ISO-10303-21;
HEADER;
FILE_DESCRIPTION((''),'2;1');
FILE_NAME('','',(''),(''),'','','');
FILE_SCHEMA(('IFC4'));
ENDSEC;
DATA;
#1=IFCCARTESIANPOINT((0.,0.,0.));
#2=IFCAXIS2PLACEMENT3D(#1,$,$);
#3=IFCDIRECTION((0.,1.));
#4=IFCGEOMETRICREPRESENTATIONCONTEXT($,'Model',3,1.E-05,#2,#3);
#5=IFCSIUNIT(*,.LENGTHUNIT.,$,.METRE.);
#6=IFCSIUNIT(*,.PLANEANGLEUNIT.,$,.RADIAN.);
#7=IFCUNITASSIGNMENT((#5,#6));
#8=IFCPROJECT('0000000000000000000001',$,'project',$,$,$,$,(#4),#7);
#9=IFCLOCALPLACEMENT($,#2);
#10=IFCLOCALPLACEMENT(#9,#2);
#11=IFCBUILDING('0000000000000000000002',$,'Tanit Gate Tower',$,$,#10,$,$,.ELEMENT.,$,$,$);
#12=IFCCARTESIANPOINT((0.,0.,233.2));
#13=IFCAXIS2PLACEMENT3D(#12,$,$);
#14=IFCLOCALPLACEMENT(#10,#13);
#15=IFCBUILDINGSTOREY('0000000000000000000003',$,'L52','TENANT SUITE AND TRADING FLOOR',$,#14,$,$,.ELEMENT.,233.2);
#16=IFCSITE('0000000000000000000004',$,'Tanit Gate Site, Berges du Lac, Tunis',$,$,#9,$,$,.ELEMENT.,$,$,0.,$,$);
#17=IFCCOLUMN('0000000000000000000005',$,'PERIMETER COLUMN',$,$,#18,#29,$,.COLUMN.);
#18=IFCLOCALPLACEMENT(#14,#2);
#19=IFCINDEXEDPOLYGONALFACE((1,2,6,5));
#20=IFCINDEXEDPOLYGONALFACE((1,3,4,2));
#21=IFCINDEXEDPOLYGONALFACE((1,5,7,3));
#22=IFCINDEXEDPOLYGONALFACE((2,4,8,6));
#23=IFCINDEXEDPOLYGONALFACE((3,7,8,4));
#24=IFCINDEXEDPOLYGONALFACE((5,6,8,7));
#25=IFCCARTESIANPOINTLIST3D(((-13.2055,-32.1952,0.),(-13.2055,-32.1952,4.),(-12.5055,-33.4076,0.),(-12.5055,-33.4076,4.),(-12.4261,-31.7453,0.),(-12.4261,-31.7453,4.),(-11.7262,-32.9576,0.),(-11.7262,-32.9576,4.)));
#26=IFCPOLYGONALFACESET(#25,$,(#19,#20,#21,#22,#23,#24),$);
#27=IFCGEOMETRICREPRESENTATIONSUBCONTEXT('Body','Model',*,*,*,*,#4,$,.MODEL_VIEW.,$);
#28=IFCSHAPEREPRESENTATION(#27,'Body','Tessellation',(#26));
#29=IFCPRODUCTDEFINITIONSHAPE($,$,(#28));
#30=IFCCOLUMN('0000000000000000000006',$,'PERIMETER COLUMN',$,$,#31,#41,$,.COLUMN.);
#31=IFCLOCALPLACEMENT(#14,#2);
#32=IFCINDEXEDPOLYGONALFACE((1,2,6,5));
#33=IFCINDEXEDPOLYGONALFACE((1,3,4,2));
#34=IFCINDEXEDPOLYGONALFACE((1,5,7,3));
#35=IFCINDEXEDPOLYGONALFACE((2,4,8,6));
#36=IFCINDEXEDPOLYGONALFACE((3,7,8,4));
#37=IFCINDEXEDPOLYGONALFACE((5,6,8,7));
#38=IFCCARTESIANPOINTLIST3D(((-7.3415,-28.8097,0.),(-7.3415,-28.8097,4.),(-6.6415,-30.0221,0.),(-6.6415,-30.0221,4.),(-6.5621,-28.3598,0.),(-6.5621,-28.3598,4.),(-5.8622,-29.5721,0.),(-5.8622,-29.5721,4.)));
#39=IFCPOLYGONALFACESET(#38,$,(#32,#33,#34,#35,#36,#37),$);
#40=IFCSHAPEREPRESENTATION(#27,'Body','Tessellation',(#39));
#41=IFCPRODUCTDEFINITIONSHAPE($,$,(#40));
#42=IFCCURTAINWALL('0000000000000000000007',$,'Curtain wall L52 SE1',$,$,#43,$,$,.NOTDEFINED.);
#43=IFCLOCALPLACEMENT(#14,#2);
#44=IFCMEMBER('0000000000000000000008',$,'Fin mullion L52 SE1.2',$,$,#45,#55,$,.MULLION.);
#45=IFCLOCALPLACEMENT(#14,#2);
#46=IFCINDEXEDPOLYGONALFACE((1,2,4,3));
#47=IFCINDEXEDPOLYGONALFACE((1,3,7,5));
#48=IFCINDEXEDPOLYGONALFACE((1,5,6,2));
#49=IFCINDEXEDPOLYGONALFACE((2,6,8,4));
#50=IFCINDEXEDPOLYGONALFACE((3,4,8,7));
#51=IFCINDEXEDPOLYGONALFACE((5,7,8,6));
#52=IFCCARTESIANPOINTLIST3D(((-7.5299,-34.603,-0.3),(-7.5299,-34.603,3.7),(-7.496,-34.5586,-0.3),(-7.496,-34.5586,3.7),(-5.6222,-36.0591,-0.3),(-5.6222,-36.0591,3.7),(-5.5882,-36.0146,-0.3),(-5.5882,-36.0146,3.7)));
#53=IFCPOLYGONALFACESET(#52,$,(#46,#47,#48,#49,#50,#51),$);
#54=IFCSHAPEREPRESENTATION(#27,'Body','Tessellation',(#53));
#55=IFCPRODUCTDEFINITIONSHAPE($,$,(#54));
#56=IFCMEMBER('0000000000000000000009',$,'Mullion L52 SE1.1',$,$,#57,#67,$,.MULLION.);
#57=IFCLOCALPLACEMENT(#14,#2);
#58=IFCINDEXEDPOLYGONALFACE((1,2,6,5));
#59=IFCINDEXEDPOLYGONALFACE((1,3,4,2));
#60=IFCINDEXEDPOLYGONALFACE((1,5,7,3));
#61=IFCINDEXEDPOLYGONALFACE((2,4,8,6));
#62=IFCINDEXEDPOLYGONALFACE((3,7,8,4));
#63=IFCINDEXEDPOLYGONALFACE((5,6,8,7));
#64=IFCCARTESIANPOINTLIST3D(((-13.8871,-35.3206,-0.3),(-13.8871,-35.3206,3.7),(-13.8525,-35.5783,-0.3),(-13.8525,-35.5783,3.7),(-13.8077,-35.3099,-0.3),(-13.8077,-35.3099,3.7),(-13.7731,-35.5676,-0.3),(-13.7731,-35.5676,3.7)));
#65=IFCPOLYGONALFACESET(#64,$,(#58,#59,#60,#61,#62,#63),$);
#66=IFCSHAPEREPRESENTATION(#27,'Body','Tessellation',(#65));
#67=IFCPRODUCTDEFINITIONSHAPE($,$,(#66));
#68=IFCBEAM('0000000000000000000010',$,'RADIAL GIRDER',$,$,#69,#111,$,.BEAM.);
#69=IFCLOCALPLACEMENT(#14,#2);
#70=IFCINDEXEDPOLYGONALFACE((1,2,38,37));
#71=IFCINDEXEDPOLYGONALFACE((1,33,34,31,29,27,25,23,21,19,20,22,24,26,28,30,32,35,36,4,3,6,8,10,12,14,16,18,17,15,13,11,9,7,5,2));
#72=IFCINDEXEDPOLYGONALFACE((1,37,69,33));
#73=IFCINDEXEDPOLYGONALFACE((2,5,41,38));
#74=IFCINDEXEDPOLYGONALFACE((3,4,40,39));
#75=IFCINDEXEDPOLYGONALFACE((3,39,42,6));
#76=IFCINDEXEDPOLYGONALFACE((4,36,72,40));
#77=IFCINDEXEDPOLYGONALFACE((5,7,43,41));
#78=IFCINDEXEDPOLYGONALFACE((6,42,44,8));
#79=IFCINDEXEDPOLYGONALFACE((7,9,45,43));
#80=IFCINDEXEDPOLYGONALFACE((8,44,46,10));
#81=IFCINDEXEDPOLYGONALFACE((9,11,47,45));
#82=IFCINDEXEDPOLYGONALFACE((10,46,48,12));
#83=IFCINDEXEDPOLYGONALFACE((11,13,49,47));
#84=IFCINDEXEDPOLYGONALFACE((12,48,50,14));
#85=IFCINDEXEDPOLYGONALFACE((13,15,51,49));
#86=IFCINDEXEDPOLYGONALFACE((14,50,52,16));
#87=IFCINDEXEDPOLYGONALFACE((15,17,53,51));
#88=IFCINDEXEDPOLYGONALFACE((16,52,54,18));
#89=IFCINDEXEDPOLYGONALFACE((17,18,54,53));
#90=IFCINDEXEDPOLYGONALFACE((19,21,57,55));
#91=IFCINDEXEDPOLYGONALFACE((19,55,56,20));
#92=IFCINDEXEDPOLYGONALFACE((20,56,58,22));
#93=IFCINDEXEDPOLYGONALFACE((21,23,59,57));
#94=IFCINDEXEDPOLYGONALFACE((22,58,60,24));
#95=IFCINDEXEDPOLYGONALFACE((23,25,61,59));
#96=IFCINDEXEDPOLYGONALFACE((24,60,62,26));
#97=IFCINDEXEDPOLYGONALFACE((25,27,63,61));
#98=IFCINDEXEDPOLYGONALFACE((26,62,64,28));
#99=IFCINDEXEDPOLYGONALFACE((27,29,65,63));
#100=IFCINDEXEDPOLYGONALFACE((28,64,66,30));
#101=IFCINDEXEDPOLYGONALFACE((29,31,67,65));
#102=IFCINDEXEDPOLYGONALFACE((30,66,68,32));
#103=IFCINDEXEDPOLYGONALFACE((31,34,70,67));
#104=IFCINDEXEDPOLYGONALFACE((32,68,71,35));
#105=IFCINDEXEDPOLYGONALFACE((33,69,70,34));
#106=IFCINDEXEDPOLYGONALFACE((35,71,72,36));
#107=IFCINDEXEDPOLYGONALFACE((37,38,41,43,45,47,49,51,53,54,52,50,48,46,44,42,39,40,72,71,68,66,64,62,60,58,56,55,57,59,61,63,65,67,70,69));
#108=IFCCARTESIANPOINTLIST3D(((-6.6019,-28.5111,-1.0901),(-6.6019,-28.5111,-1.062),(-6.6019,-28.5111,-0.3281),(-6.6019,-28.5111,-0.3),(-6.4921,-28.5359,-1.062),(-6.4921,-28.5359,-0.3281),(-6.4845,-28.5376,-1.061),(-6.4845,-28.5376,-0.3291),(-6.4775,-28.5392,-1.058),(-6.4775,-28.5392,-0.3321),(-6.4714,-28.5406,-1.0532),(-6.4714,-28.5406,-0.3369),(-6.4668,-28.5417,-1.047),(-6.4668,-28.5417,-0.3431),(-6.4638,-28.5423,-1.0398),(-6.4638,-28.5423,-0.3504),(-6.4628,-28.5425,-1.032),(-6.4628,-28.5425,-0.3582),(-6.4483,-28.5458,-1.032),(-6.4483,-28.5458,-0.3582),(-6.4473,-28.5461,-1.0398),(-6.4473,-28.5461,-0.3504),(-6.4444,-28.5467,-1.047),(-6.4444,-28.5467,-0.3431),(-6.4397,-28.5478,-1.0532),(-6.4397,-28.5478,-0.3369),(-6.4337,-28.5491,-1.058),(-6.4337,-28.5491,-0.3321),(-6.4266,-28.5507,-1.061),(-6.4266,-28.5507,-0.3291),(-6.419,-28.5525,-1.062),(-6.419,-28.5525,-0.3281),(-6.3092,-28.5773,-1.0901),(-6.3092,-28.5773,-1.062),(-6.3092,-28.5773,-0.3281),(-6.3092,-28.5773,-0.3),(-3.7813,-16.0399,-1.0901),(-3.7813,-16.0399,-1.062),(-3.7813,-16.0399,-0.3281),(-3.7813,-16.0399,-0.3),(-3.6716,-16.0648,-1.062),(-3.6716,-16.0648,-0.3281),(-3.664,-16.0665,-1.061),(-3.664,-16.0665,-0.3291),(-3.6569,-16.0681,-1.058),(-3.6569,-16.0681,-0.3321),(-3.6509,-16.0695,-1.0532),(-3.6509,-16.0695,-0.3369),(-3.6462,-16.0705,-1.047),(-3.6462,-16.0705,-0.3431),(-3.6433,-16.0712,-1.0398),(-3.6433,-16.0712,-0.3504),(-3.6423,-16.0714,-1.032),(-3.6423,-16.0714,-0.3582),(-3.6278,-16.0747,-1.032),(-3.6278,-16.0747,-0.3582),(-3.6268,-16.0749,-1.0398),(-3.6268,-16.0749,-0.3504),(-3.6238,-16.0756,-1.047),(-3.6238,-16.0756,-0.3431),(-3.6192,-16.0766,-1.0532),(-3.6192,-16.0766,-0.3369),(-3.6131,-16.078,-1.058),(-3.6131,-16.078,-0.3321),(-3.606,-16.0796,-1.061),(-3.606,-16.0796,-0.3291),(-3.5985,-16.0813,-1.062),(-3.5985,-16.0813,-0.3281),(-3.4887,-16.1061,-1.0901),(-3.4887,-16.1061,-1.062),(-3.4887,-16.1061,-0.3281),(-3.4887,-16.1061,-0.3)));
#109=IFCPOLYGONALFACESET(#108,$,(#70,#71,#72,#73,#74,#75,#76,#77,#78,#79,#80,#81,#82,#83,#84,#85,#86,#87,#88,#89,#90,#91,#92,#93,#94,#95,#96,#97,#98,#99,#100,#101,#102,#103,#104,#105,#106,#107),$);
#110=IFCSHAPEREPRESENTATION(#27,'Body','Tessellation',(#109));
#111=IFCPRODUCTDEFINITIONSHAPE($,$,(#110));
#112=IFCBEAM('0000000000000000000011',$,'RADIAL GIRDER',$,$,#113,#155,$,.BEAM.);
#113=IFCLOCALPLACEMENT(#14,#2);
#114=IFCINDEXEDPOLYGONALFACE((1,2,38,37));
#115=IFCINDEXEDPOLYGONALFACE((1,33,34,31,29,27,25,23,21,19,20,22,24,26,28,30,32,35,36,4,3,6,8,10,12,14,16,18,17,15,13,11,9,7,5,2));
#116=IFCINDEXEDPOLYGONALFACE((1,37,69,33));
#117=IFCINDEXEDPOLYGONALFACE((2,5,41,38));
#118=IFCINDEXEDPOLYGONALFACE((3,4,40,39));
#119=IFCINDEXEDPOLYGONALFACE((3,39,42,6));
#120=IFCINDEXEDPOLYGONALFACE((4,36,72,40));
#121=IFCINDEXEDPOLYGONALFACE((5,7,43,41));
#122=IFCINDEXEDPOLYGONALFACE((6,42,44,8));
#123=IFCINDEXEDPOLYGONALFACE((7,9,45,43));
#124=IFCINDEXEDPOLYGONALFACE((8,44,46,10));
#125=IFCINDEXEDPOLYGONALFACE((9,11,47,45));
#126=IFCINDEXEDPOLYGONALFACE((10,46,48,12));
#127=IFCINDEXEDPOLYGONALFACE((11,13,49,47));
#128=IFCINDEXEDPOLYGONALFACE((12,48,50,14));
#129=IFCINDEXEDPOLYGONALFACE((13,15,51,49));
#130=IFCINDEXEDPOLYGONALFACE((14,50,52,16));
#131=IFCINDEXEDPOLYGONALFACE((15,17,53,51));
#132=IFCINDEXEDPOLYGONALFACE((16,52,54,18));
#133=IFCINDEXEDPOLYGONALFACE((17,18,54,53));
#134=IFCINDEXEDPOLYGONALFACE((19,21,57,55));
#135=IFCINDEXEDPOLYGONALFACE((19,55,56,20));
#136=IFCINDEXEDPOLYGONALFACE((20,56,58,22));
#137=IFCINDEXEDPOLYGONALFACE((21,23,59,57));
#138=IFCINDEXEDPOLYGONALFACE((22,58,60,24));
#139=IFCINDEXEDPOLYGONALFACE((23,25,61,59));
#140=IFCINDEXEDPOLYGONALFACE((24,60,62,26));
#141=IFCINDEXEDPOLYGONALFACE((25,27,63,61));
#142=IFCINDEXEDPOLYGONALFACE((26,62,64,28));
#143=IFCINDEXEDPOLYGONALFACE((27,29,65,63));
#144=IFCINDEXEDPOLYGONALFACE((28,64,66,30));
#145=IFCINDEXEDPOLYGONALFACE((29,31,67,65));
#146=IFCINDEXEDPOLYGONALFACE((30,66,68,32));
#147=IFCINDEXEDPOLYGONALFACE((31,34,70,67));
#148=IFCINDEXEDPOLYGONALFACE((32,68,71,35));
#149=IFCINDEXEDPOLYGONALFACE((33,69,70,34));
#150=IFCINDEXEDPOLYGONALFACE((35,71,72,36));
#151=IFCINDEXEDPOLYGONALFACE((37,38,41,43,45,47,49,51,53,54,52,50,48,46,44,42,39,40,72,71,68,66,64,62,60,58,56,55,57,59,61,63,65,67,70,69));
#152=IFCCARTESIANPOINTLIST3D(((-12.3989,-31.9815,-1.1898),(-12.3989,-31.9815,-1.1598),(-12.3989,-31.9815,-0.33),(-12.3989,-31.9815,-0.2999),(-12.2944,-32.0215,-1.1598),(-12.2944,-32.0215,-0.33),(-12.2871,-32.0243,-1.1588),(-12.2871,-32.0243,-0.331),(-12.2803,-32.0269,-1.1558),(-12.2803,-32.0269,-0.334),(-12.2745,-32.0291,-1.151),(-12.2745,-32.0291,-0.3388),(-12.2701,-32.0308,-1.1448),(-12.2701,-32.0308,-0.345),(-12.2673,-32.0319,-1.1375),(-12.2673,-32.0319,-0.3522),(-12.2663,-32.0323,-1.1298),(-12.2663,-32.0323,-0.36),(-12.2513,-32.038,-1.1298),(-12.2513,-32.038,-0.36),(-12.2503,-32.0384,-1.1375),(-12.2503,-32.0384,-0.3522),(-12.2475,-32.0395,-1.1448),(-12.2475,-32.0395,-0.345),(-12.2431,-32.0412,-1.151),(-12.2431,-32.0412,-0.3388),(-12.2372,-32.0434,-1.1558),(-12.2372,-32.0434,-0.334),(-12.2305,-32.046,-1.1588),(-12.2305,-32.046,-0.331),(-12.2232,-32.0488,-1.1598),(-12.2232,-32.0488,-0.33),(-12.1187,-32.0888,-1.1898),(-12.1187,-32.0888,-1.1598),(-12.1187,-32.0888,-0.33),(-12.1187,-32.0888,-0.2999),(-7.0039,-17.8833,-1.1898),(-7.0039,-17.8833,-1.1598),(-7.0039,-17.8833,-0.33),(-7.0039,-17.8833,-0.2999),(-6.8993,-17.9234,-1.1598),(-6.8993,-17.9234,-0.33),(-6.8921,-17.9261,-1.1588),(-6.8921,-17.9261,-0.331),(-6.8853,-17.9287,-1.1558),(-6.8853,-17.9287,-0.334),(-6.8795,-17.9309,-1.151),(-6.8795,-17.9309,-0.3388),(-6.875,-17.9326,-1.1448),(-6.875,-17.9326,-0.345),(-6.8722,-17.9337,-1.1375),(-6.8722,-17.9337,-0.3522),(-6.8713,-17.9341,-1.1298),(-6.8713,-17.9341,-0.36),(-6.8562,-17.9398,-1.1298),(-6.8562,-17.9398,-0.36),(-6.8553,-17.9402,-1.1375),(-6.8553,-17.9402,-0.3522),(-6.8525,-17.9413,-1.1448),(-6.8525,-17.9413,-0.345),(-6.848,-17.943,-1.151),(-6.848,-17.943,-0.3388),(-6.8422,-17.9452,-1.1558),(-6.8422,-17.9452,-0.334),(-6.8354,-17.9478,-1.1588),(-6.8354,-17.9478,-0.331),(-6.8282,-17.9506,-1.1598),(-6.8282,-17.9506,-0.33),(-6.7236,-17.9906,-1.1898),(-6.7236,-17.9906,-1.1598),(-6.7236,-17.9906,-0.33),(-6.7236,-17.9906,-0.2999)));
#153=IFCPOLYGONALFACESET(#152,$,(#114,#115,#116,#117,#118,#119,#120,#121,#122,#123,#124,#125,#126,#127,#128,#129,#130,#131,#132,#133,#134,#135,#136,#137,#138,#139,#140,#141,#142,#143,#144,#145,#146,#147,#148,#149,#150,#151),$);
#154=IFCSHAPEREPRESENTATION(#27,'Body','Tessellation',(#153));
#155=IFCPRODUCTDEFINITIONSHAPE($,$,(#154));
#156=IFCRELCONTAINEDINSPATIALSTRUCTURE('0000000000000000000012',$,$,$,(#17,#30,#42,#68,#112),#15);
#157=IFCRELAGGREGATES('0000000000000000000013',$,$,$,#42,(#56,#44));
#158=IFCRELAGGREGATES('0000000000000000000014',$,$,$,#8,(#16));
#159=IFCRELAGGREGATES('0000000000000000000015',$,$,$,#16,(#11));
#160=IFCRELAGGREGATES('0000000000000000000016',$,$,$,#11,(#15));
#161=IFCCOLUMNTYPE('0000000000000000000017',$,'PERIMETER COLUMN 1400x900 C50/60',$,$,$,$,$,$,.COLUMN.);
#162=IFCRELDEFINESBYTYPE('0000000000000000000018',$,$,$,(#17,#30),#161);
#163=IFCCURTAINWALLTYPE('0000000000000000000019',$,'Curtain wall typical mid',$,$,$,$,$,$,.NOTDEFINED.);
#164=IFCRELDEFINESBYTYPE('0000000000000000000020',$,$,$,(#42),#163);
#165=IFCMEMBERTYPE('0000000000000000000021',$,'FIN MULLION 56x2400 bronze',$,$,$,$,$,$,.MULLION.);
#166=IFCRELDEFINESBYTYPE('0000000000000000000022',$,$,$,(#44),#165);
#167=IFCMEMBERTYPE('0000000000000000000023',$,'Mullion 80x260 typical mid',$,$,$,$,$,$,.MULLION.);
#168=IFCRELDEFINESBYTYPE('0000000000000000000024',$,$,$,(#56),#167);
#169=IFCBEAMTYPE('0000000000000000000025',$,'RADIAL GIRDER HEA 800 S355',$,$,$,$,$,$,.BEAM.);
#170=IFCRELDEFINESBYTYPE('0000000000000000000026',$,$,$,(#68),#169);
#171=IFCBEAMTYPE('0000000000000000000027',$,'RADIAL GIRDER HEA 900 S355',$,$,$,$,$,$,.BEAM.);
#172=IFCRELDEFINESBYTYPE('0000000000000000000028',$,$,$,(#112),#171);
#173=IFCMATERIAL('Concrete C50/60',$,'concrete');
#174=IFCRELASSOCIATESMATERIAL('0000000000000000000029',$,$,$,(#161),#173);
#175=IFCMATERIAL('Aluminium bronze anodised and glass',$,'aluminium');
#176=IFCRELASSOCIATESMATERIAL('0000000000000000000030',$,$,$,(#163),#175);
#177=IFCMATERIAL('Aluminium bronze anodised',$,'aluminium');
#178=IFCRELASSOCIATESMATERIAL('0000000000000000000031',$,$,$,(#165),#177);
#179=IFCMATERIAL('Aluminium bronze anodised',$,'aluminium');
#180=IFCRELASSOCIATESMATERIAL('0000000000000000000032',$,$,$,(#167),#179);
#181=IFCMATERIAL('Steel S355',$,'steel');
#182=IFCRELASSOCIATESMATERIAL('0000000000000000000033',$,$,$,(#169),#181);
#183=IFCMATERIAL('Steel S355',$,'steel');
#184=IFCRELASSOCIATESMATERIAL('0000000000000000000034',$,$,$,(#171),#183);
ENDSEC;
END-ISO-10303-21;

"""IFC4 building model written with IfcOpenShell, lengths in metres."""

from ifc_helpers import new_model, si_unit, direction, frame, origin, origin_2d, place, context, subcontext, project, spatial, rectangle, i_section, extrude, material, material_profile, profile_set, type_object, element, aggregate, save


model = new_model("IFC4")

# Units and contexts
model_context = context("Model", 3, precision=1e-05, world=origin(), true_north=direction((0.0, 1.0)))
body_context = subcontext(model_context, "Body", "Model", "MODEL_VIEW")
ifc_project = project(units=[si_unit("LENGTHUNIT", "METRE"), si_unit("PLANEANGLEUNIT", "RADIAN")], contexts=[model_context])

# Site, building, storey
site_placement = place(None, origin())
site = spatial("IfcSite", under=ifc_project, at=site_placement, Name="Tanit Gate Site, Berges du Lac, Tunis", CompositionType="ELEMENT", RefElevation=0.0)
building_placement = place(site_placement, origin())
building = spatial("IfcBuilding", under=site, at=building_placement, Name="Tanit Gate Tower", CompositionType="ELEMENT")
storey_placement = place(building_placement, frame((0.0, 0.0, 233.2)))
storey = spatial("IfcBuildingStorey", under=building, at=storey_placement, Name="L52", Description="TENANT SUITE AND TRADING FLOOR", CompositionType="ELEMENT", Elevation=233.2)

# Columns
ifc_material_1 = material(Name="Concrete C50/60", Category="concrete")
ifc_material_profile_1 = material_profile(ifc_material_1, rectangle(XDim=1.3999, YDim=0.8999, at=origin_2d()), Name="RC 1400x900")
ifc_profile_set_1 = profile_set([ifc_material_profile_1], Name="Concrete C50/60")
column_type = type_object("IfcColumnType", Name="PERIMETER COLUMN 1400x900 C50/60", PredefinedType="COLUMN", material=ifc_profile_set_1)
for number, where, z_axis, x_axis, name in (
    (1, (-12.4658, -32.5764, 0.0), (0.0, 0.0, 1.0), (0.5, -0.866025, 0.0), "PERIMETER COLUMN"),
    (2, (-6.6018, -29.1909, 0.0), (0.0, 0.0, 1.0), (0.5, -0.866025, 0.0), "PERIMETER COLUMN"),
):
    element("IfcColumn", number, at=place(storey_placement, frame(where, z_axis=z_axis, x_axis=x_axis)), inside=storey, type_object=column_type, Name=name, PredefinedType="COLUMN", context=body_context, shape_type="SweptSolid", body=[
        extrude(rectangle(XDim=1.3999, YDim=0.8999, at=origin_2d()), origin(), (0.0, 0.0, 1.0), 4.0),
    ])

# Curtain wall, members
ifc_material_2 = material(Name="Aluminium bronze anodised and glass", Category="aluminium")
curtain_wall_type = type_object("IfcCurtainWallType", Name="Curtain wall typical mid", PredefinedType="NOTDEFINED", material=ifc_material_2)
curtain_wall_placement = place(storey_placement, origin())
curtain_wall = element("IfcCurtainWall", 3, at=curtain_wall_placement, inside=storey, type_object=curtain_wall_type, Name="Curtain wall L52 SE1", PredefinedType="NOTDEFINED")
ifc_material_3 = material(Name="Aluminium bronze anodised", Category="aluminium")
ifc_material_profile_2 = material_profile(ifc_material_3, rectangle(XDim=2.3999, YDim=0.0559, at=origin_2d()), Name="56x2400 bronze fin mullion")
ifc_profile_set_2 = profile_set([ifc_material_profile_2], Name="Aluminium bronze anodised")
member_type_1 = type_object("IfcMemberType", Name="FIN MULLION 56x2400 bronze", PredefinedType="MULLION", material=ifc_profile_set_2)
member_1_placement = place(storey_placement, frame((-6.5591, -35.3088, -0.3), z_axis=(0.0, 0.0, 1.0), x_axis=(-0.794927, 0.606705, 0.0)))
member_1 = element("IfcMember", 4, at=member_1_placement, type_object=member_type_1, Name="Fin mullion L52 SE1.2", PredefinedType="MULLION", context=body_context, shape_type="SweptSolid", body=[
    extrude(rectangle(XDim=2.3999, YDim=0.0559, at=origin_2d()), origin(), (0.0, 0.0, 1.0), 4.0),
])
ifc_material_4 = material(Name="Aluminium bronze anodised", Category="aluminium")
ifc_material_profile_3 = material_profile(ifc_material_4, rectangle(XDim=0.26, YDim=0.0801, at=origin_2d()), Name="80x260 bronze mullion")
ifc_profile_set_3 = profile_set([ifc_material_profile_3], Name="Aluminium bronze anodised")
member_type_2 = type_object("IfcMemberType", Name="Mullion 80x260 typical mid", PredefinedType="MULLION", material=ifc_profile_set_3)
member_2_placement = place(storey_placement, frame((-13.8301, -35.4441, -0.3), z_axis=(0.0, 0.0, 1.0), x_axis=(-0.133092, 0.991104, 0.0)))
member_2 = element("IfcMember", 5, at=member_2_placement, type_object=member_type_2, Name="Mullion L52 SE1.1", PredefinedType="MULLION", context=body_context, shape_type="SweptSolid", body=[
    extrude(rectangle(XDim=0.26, YDim=0.0801, at=origin_2d()), origin(), (0.0, 0.0, 1.0), 4.0),
])

# Beams
ifc_material_5 = material(Name="Steel S355", Category="steel")
ifc_material_profile_4 = material_profile(ifc_material_5, i_section(OverallWidth=0.3, OverallDepth=0.79, WebThickness=0.0149, FlangeThickness=0.0281, FilletRadius=0.03, at=origin_2d()), Name="HEA 800")
ifc_profile_set_4 = profile_set([ifc_material_profile_4], Name="Steel S355")
beam_type_1 = type_object("IfcBeamType", Name="RADIAL GIRDER HEA 800 S355", PredefinedType="BEAM", material=ifc_profile_set_4)
beam_1_placement = place(storey_placement, frame((-6.4556, -28.5442, -0.6951), z_axis=(0.220594, 0.975366, 0.0), x_axis=(-0.975366, 0.220594, 0.0)))
element("IfcBeam", 6, at=beam_1_placement, inside=storey, type_object=beam_type_1, Name="RADIAL GIRDER", PredefinedType="BEAM", context=body_context, shape_type="SweptSolid", body=[
    extrude(i_section(OverallWidth=0.3, OverallDepth=0.79, WebThickness=0.0149, FlangeThickness=0.0281, FilletRadius=0.03, at=origin_2d()), origin(), (0.0, 0.0, 1.0), 12.7861),
])
ifc_material_6 = material(Name="Steel S355", Category="steel")
ifc_material_profile_5 = material_profile(ifc_material_6, i_section(OverallWidth=0.3, OverallDepth=0.8899, WebThickness=0.0161, FlangeThickness=0.03, FilletRadius=0.03, at=origin_2d()), Name="HEA 900")
ifc_profile_set_5 = profile_set([ifc_material_profile_5], Name="Steel S355")
beam_type_2 = type_object("IfcBeamType", Name="RADIAL GIRDER HEA 900 S355", PredefinedType="BEAM", material=ifc_profile_set_5)
beam_2_placement = place(storey_placement, frame((-12.2588, -32.0352, -0.7449), z_axis=(0.357401, 0.933951, 0.0), x_axis=(-0.933951, 0.357401, 0.0)))
element("IfcBeam", 7, at=beam_2_placement, inside=storey, type_object=beam_type_2, Name="RADIAL GIRDER", PredefinedType="BEAM", context=body_context, shape_type="SweptSolid", body=[
    extrude(i_section(OverallWidth=0.3, OverallDepth=0.8899, WebThickness=0.0161, FlangeThickness=0.03, FilletRadius=0.03, at=origin_2d()), origin(), (0.0, 0.0, 1.0), 15.0952),
])

aggregate(curtain_wall, [member_2, member_1])

save(model, "model.ifc")
